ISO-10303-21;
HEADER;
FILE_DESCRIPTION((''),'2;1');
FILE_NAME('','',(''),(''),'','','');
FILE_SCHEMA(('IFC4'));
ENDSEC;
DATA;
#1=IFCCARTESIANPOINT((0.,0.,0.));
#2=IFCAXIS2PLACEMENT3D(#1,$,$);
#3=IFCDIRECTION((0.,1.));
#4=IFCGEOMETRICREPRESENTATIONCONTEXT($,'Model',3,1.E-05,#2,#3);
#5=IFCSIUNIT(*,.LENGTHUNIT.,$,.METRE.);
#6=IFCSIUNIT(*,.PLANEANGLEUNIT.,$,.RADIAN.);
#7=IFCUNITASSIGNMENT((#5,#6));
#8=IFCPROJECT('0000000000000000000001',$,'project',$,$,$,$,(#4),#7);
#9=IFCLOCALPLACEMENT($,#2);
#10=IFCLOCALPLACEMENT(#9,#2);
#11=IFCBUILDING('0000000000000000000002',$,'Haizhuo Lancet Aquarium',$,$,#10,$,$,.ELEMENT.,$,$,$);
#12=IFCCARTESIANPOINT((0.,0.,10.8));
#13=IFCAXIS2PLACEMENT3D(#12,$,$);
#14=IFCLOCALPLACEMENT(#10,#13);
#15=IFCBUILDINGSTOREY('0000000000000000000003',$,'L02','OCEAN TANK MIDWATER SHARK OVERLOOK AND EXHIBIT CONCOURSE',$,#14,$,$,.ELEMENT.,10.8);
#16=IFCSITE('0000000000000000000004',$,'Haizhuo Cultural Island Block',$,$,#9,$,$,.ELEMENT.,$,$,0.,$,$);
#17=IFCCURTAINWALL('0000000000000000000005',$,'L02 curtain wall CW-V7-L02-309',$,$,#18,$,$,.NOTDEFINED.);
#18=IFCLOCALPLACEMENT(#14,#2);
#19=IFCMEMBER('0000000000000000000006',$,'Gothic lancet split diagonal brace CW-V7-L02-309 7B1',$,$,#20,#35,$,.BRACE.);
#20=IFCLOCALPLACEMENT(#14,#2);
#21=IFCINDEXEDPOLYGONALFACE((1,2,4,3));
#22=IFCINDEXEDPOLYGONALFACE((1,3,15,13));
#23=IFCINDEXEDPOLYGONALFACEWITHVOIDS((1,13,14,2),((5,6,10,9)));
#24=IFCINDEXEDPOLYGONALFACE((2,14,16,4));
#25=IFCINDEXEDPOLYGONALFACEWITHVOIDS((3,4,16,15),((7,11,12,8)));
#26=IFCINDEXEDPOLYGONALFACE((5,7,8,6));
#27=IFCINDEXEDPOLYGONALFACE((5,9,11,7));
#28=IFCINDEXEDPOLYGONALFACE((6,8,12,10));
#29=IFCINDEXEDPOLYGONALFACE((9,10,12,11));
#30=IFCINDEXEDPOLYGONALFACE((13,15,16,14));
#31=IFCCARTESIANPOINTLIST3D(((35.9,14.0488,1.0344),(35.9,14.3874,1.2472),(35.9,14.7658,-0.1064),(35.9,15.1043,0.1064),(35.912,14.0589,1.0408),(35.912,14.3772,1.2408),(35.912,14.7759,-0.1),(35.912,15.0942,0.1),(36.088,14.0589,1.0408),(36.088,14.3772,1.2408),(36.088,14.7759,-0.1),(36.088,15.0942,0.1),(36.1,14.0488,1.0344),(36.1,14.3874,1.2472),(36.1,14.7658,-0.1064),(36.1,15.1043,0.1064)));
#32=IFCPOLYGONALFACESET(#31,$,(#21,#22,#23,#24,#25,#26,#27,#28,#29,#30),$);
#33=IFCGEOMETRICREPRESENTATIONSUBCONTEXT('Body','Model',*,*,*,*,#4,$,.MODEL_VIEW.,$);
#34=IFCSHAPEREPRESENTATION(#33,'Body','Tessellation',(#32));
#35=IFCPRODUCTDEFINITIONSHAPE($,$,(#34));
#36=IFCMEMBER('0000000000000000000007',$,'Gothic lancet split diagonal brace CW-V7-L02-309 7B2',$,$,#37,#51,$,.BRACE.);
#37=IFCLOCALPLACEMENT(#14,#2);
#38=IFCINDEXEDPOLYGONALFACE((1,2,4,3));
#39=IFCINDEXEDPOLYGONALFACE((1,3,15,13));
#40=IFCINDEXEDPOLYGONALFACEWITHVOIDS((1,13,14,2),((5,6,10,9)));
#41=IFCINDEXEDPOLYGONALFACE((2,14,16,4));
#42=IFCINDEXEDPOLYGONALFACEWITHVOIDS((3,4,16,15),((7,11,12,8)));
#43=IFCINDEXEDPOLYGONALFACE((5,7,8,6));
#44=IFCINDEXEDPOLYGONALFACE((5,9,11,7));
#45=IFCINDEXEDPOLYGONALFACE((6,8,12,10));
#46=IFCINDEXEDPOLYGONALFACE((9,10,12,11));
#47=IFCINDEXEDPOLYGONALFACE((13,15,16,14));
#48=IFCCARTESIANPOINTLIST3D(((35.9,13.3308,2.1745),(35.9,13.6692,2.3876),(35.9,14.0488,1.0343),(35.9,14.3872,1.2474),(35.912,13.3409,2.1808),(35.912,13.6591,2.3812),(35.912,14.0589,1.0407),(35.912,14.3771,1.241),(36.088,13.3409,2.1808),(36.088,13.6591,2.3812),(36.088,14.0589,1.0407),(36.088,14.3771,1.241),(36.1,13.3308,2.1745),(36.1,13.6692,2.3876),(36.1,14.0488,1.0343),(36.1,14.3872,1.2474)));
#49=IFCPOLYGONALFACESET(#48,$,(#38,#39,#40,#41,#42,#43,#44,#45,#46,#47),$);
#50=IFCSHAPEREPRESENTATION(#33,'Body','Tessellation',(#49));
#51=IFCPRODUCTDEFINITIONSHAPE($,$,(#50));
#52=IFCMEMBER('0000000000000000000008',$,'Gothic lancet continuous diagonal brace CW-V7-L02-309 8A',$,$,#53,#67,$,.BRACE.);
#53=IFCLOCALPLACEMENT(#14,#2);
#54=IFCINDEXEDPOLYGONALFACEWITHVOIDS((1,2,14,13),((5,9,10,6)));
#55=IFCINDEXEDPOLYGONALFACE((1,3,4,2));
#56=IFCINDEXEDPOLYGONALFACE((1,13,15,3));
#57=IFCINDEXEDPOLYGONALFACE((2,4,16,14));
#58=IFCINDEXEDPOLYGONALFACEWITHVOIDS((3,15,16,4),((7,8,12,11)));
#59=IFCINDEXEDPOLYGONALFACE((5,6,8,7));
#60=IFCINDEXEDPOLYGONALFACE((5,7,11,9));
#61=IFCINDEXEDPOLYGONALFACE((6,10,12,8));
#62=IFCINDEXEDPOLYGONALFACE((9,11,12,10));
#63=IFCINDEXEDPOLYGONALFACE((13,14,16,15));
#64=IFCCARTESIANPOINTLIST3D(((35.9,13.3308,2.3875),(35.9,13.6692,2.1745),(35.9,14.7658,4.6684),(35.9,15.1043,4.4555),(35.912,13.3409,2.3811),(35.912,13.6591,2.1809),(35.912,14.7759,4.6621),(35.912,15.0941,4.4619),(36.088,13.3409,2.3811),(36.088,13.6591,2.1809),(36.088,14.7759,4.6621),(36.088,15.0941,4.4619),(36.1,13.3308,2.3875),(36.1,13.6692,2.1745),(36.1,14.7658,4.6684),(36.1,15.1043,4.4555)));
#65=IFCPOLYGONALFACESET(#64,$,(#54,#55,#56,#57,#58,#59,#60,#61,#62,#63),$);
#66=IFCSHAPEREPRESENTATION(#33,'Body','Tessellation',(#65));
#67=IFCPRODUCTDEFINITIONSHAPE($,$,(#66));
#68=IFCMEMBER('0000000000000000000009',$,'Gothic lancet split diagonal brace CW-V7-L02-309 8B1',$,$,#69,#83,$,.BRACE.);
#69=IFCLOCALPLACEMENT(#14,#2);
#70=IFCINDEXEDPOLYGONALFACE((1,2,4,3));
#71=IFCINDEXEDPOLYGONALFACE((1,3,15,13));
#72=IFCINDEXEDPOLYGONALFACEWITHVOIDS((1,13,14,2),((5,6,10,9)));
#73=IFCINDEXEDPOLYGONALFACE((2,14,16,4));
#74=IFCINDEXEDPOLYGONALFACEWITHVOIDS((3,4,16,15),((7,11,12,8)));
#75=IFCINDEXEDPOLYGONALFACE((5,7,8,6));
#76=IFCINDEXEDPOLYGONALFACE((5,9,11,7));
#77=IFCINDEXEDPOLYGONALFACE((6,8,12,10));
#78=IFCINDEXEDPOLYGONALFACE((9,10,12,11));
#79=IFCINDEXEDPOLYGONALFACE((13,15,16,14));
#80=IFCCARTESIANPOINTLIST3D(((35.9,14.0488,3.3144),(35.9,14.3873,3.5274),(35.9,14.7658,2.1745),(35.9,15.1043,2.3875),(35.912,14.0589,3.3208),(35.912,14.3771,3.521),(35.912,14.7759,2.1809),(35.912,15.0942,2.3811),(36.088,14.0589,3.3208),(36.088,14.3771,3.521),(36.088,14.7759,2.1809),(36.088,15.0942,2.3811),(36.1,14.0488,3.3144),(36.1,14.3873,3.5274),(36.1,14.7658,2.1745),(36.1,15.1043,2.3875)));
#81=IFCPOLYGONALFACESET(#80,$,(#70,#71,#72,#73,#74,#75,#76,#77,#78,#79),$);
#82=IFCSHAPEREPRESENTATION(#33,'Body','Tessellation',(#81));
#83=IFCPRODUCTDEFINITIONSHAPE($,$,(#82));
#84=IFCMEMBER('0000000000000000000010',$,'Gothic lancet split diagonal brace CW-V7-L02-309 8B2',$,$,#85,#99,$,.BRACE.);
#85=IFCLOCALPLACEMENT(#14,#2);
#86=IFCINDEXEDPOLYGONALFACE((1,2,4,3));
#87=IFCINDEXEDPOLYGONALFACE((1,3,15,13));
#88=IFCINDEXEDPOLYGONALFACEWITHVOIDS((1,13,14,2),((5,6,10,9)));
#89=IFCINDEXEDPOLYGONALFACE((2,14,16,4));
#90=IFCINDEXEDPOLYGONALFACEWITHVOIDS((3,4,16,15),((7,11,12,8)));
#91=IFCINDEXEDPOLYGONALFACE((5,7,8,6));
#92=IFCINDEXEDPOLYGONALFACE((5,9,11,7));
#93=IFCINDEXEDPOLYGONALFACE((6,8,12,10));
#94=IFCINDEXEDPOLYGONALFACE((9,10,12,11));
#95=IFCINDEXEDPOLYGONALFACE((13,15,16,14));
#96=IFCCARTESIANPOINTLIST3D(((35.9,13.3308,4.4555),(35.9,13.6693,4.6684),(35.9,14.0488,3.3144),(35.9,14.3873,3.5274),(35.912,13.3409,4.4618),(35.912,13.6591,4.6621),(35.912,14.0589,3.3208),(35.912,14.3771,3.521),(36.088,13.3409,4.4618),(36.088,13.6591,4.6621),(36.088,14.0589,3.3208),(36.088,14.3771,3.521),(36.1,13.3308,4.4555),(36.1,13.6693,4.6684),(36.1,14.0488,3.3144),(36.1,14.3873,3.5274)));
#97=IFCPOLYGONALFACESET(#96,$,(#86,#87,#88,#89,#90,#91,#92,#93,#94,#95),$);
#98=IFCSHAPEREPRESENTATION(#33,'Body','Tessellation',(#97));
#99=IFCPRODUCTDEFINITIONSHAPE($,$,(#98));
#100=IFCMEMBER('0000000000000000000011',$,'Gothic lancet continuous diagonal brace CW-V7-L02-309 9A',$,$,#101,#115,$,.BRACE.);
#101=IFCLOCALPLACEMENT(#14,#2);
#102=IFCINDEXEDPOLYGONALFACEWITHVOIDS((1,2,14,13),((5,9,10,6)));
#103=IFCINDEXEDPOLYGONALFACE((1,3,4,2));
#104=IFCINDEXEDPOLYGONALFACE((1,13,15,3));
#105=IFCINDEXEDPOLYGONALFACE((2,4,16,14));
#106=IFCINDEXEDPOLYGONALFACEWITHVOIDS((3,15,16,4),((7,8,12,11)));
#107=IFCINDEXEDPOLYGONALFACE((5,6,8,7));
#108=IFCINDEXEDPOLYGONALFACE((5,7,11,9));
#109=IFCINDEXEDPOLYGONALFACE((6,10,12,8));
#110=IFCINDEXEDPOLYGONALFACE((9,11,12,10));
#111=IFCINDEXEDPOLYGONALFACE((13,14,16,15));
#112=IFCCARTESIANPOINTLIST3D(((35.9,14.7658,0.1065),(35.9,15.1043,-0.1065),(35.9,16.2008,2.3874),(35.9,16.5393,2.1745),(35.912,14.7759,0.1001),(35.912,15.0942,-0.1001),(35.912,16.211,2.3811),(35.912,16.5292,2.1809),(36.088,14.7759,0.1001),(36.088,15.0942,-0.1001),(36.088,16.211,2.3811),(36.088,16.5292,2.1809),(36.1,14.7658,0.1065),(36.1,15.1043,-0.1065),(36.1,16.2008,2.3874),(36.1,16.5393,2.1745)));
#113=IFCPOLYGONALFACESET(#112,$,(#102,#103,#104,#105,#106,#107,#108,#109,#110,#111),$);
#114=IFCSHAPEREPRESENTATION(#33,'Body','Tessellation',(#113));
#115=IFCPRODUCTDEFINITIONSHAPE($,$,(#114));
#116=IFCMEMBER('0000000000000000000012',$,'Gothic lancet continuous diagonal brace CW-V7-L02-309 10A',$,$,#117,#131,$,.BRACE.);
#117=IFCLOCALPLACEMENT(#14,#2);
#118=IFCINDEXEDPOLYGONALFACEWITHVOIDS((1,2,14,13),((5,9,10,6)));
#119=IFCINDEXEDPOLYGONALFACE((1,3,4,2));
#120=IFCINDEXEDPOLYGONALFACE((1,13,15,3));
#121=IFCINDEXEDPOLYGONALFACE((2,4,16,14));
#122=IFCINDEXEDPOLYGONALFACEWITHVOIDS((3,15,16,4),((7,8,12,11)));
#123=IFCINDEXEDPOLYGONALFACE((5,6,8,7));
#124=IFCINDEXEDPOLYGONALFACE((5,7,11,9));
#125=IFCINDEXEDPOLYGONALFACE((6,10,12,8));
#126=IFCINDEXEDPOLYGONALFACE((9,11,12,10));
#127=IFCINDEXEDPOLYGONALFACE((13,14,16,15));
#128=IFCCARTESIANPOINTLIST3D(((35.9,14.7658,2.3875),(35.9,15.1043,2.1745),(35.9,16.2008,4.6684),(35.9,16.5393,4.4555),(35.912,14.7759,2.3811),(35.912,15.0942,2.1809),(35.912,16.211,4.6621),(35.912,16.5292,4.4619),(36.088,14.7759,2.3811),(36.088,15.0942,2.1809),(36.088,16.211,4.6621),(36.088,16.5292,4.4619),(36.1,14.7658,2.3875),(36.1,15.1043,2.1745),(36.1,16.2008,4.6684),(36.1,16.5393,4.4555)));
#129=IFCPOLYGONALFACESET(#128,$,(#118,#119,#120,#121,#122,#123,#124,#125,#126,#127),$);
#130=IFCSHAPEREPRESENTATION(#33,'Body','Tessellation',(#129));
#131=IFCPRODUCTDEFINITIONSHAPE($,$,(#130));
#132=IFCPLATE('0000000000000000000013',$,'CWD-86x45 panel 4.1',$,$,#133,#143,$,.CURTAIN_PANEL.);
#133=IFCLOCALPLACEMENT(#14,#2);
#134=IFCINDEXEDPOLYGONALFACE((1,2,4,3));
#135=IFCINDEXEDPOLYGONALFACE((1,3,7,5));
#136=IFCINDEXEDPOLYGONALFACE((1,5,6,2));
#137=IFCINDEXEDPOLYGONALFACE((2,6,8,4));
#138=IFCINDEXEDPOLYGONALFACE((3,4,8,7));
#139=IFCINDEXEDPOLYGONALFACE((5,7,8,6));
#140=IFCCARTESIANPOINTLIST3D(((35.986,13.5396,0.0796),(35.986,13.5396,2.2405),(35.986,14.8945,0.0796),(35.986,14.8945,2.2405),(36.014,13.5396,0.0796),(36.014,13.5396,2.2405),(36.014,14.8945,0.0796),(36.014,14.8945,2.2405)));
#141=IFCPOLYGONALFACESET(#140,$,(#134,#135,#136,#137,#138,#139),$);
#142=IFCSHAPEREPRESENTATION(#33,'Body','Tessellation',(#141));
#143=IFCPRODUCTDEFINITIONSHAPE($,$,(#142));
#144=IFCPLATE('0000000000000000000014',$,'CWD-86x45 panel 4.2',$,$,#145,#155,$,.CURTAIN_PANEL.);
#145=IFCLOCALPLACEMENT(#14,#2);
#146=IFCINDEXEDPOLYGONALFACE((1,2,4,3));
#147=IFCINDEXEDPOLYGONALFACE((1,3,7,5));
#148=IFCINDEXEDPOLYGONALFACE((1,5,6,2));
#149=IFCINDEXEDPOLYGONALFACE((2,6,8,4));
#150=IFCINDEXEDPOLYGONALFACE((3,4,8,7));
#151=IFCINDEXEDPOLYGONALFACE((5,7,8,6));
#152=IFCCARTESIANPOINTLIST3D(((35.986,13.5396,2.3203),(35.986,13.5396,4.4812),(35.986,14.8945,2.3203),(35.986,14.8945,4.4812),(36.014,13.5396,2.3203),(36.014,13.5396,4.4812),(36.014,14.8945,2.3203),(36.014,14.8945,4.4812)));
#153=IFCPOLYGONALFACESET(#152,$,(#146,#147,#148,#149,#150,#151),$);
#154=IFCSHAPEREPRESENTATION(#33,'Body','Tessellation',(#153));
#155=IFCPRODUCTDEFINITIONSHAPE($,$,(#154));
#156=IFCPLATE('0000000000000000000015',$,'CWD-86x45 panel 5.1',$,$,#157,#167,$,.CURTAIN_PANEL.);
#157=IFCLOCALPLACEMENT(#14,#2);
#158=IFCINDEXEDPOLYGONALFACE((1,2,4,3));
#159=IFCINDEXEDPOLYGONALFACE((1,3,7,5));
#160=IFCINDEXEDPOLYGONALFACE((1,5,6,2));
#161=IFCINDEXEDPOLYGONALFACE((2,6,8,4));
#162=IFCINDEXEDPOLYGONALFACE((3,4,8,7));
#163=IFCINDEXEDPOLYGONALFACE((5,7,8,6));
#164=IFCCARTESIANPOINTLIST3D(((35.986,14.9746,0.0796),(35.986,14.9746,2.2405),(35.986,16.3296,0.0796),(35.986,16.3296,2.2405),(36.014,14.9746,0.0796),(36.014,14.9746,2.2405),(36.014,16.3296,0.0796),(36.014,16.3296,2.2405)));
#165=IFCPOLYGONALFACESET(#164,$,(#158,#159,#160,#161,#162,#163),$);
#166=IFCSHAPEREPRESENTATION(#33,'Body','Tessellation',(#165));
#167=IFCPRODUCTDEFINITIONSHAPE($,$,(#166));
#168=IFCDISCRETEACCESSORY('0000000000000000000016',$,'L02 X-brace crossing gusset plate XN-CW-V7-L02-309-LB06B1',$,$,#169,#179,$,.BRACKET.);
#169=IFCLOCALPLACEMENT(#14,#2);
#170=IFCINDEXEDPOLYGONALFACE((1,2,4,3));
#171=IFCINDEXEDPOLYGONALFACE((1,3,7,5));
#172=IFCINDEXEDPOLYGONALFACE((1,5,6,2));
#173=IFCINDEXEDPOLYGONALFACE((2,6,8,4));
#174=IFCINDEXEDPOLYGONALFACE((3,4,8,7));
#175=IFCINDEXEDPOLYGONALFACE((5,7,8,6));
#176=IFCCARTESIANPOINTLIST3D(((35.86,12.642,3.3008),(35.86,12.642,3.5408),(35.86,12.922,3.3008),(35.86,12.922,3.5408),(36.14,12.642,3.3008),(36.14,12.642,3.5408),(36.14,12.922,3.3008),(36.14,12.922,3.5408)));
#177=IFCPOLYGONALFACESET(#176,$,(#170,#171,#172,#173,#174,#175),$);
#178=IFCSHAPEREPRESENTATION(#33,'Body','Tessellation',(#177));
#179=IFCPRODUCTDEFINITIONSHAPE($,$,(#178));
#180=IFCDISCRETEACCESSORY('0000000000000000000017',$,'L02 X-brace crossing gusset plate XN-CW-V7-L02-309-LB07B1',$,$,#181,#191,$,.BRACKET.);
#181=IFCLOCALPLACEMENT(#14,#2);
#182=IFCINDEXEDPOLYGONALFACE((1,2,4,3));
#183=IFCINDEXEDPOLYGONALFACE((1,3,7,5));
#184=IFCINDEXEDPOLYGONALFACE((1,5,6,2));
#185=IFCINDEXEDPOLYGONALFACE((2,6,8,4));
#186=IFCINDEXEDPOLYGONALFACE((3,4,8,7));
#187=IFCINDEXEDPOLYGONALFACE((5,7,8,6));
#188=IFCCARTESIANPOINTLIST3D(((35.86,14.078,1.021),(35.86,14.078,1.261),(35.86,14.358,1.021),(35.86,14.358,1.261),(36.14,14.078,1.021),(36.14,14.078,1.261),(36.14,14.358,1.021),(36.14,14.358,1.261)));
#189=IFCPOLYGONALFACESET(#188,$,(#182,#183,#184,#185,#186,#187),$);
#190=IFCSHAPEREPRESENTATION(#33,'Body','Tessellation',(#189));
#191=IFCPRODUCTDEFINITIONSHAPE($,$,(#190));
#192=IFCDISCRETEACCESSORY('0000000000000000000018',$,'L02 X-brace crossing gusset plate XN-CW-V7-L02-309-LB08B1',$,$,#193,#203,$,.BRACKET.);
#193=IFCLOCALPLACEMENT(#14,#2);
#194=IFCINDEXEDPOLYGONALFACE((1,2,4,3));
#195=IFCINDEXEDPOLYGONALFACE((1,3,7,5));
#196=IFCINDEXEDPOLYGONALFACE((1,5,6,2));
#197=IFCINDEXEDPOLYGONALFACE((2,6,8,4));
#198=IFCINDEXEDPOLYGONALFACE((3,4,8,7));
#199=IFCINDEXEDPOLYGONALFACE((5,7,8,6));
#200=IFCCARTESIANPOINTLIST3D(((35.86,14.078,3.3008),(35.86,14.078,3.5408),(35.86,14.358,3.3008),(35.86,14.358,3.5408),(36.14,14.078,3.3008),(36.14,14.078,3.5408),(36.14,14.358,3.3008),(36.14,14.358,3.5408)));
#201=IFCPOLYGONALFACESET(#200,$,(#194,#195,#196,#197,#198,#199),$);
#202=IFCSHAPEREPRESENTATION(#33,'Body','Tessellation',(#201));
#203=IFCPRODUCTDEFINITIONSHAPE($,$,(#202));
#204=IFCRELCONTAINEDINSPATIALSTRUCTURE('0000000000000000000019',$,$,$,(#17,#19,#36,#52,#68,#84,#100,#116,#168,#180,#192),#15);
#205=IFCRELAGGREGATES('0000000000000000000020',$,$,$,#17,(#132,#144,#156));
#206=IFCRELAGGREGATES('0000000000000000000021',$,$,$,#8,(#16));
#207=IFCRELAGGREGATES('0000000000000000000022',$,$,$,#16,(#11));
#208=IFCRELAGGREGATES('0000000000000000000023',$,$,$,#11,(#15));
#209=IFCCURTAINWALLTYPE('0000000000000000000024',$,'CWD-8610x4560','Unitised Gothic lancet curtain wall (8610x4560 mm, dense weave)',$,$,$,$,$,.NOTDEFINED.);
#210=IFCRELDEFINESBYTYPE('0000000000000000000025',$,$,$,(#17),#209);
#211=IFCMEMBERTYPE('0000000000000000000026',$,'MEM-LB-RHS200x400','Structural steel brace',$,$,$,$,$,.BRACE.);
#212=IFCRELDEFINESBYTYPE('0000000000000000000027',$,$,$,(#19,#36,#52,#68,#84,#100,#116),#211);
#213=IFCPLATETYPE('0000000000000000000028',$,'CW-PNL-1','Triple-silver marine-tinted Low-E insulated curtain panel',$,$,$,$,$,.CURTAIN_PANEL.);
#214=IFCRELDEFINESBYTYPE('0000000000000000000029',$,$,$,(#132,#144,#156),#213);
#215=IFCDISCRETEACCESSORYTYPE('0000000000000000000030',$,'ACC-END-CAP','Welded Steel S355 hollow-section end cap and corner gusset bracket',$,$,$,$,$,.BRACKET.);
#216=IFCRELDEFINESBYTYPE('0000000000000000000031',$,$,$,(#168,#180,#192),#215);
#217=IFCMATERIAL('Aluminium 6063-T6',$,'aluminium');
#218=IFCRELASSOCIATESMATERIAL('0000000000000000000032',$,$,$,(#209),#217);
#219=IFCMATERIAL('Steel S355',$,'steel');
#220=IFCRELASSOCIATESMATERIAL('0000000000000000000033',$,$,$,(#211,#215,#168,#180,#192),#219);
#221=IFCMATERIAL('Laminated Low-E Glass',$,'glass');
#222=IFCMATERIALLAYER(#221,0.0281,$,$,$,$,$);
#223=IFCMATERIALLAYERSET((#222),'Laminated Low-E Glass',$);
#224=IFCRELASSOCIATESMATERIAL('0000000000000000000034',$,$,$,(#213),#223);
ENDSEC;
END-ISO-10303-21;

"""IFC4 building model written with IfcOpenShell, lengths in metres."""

from ifc_helpers import new_model, si_unit, direction, frame, origin, origin_2d, place, context, subcontext, project, spatial, rectangle, hollow_rectangle, extrude, material, layer, layer_set, material_profile, profile_set, type_object, element, aggregate, save


model = new_model("IFC4")

# Units and contexts
model_context = context("Model", 3, precision=1e-05, world=origin(), true_north=direction((0.0, 1.0)))
body_context = subcontext(model_context, "Body", "Model", "MODEL_VIEW")
ifc_project = project(units=[si_unit("LENGTHUNIT", "METRE"), si_unit("PLANEANGLEUNIT", "RADIAN")], contexts=[model_context])

# Site, building, storey
site_placement = place(None, origin())
site = spatial("IfcSite", under=ifc_project, at=site_placement, Name="Haizhuo Cultural Island Block", CompositionType="ELEMENT", RefElevation=0.0)
building_placement = place(site_placement, origin())
building = spatial("IfcBuilding", under=site, at=building_placement, Name="Haizhuo Lancet Aquarium", CompositionType="ELEMENT")
storey_placement = place(building_placement, frame((0.0, 0.0, 10.8)))
storey = spatial("IfcBuildingStorey", under=building, at=storey_placement, Name="L02", Description="OCEAN TANK MIDWATER SHARK OVERLOOK AND EXHIBIT CONCOURSE", CompositionType="ELEMENT", Elevation=10.8)

# Curtain wall
ifc_material_1 = material(Name="Aluminium 6063-T6", Category="aluminium")
curtain_wall_type = type_object("IfcCurtainWallType", Name="CWD-8610x4560", Description="Unitised Gothic lancet curtain wall (8610x4560 mm, dense weave)", PredefinedType="NOTDEFINED", material=ifc_material_1)
curtain_wall_placement = place(storey_placement, origin())
curtain_wall = element("IfcCurtainWall", 1, at=curtain_wall_placement, inside=storey, type_object=curtain_wall_type, Name="L02 curtain wall CW-V7-L02-309", PredefinedType="NOTDEFINED")

# Members
ifc_material_2 = material(Name="Steel S355", Category="steel")
ifc_material_profile_1 = material_profile(ifc_material_2, hollow_rectangle(XDim=0.2, YDim=0.3999, WallThickness=0.012, at=origin_2d()), Name="RHS 200x400x12")
ifc_profile_set_1 = profile_set([ifc_material_profile_1], Name="Steel S355")
member_type_1 = type_object("IfcMemberType", Name="MEM-LB-RHS200x400", Description="Structural steel brace", PredefinedType="BRACE", material=ifc_profile_set_1)
for number, where, z_axis, x_axis, name in (
    (2, (36.0, 14.9351, 0.0), (0.0, -0.532131, 0.846662), (1.0, 0.0, 0.0), "Gothic lancet split diagonal brace CW-V7-L02-309 7B1"),
    (3, (36.0, 14.218, 1.1409), (0.0, -0.532895, 0.846181), (1.0, 0.0, 0.0), "Gothic lancet split diagonal brace CW-V7-L02-309 7B2"),
):
    element("IfcMember", number, at=place(storey_placement, frame(where, z_axis=z_axis, x_axis=x_axis)), inside=storey, type_object=member_type_1, Name=name, PredefinedType="BRACE", context=body_context, shape_type="SweptSolid", body=[
        extrude(hollow_rectangle(XDim=0.2, YDim=0.3999, WallThickness=0.012, at=origin_2d()), origin(), (0.0, 0.0, 1.0), 1.3474),
    ])
member_1_placement = place(storey_placement, frame((36.0, 13.5, 2.281), z_axis=(0.0, 0.532513, 0.846422), x_axis=(-1.0, 0.0, 0.0)))
element("IfcMember", 4, at=member_1_placement, inside=storey, type_object=member_type_1, Name="Gothic lancet continuous diagonal brace CW-V7-L02-309 8A", PredefinedType="BRACE", context=body_context, shape_type="SweptSolid", body=[
    extrude(hollow_rectangle(XDim=0.2, YDim=0.3999, WallThickness=0.012, at=origin_2d()), origin(), (0.0, 0.0, 1.0), 2.6948),
])
member_2_placement = place(storey_placement, frame((36.0, 14.9351, 2.281), z_axis=(0.0, -0.532457, 0.846457), x_axis=(1.0, 0.0, 0.0)))
element("IfcMember", 5, at=member_2_placement, inside=storey, type_object=member_type_1, Name="Gothic lancet split diagonal brace CW-V7-L02-309 8B1", PredefinedType="BRACE", context=body_context, shape_type="SweptSolid", body=[
    extrude(hollow_rectangle(XDim=0.2, YDim=0.3999, WallThickness=0.012, at=origin_2d()), origin(), (0.0, 0.0, 1.0), 1.3467),
])
member_3_placement = place(storey_placement, frame((36.0, 14.218, 3.4209), z_axis=(0.0, -0.532568, 0.846387), x_axis=(1.0, 0.0, 0.0)))
element("IfcMember", 6, at=member_3_placement, inside=storey, type_object=member_type_1, Name="Gothic lancet split diagonal brace CW-V7-L02-309 8B2", PredefinedType="BRACE", context=body_context, shape_type="SweptSolid", body=[
    extrude(hollow_rectangle(XDim=0.2, YDim=0.3999, WallThickness=0.012, at=origin_2d()), origin(), (0.0, 0.0, 1.0), 1.3481),
])
for number, where, z_axis, x_axis, name in (
    (7, (36.0, 14.9351, 0.0), (0.0, 0.532513, 0.846422), (-1.0, 0.0, 0.0), "Gothic lancet continuous diagonal brace CW-V7-L02-309 9A"),
    (8, (36.0, 14.9351, 2.281), (0.0, 0.532513, 0.846422), (-1.0, 0.0, 0.0), "Gothic lancet continuous diagonal brace CW-V7-L02-309 10A"),
):
    element("IfcMember", number, at=place(storey_placement, frame(where, z_axis=z_axis, x_axis=x_axis)), inside=storey, type_object=member_type_1, Name=name, PredefinedType="BRACE", context=body_context, shape_type="SweptSolid", body=[
        extrude(hollow_rectangle(XDim=0.2, YDim=0.3999, WallThickness=0.012, at=origin_2d()), origin(), (0.0, 0.0, 1.0), 2.6948),
    ])

# Plates
ifc_material_3 = material(Name="Laminated Low-E Glass", Category="glass")
ifc_layer = layer(ifc_material_3, 0.0281)
ifc_layer_set = layer_set([ifc_layer], Name="Laminated Low-E Glass")
plate_type = type_object("IfcPlateType", Name="CW-PNL-1", Description="Triple-silver marine-tinted Low-E insulated curtain panel", PredefinedType="CURTAIN_PANEL", material=ifc_layer_set)
plate_1_placement = place(storey_placement, frame((36.0, 14.217, 0.0796), z_axis=(0.0, 0.0, 1.0), x_axis=(0.0, 1.0, 0.0)))
plate_1 = element("IfcPlate", 9, at=plate_1_placement, type_object=plate_type, Name="CWD-86x45 panel 4.1", PredefinedType="CURTAIN_PANEL", context=body_context, shape_type="SweptSolid", body=[
    extrude(rectangle(XDim=1.355, YDim=0.0281, at=origin_2d()), origin(), (0.0, 0.0, 1.0), 2.1609),
])
plate_2_placement = place(storey_placement, frame((36.0, 14.217, 2.3203), z_axis=(0.0, 0.0, 1.0), x_axis=(0.0, 1.0, 0.0)))
plate_2 = element("IfcPlate", 10, at=plate_2_placement, type_object=plate_type, Name="CWD-86x45 panel 4.2", PredefinedType="CURTAIN_PANEL", context=body_context, shape_type="SweptSolid", body=[
    extrude(rectangle(XDim=1.355, YDim=0.0281, at=origin_2d()), origin(), (0.0, 0.0, 1.0), 2.1609),
])
plate_3_placement = place(storey_placement, frame((36.0, 15.6521, 0.0796), z_axis=(0.0, 0.0, 1.0), x_axis=(0.0, 1.0, 0.0)))
plate_3 = element("IfcPlate", 11, at=plate_3_placement, type_object=plate_type, Name="CWD-86x45 panel 5.1", PredefinedType="CURTAIN_PANEL", context=body_context, shape_type="SweptSolid", body=[
    extrude(rectangle(XDim=1.355, YDim=0.0281, at=origin_2d()), origin(), (0.0, 0.0, 1.0), 2.1609),
])
aggregate(curtain_wall, [plate_1, plate_2, plate_3])

# Discrete accessories
discrete_accessory_type = type_object("IfcDiscreteAccessoryType", Name="ACC-END-CAP", Description="Welded Steel S355 hollow-section end cap and corner gusset bracket", PredefinedType="BRACKET", material=ifc_material_2)
for number, where, z_axis, x_axis, name in (
    (12, (36.0, 12.782, 3.3008), (0.0, 0.0, 1.0), (1.0, 0.0, 0.0), "L02 X-brace crossing gusset plate XN-CW-V7-L02-309-LB06B1"),
    (13, (36.0, 14.218, 1.021), (0.0, 0.0, 1.0), (1.0, 0.0, 0.0), "L02 X-brace crossing gusset plate XN-CW-V7-L02-309-LB07B1"),
    (14, (36.0, 14.218, 3.3008), (0.0, 0.0, 1.0), (1.0, 0.0, 0.0), "L02 X-brace crossing gusset plate XN-CW-V7-L02-309-LB08B1"),
):
    element("IfcDiscreteAccessory", number, at=place(storey_placement, frame(where, z_axis=z_axis, x_axis=x_axis)), inside=storey, type_object=discrete_accessory_type, material=ifc_material_2, Name=name, PredefinedType="BRACKET", context=body_context, shape_type="SweptSolid", body=[
        extrude(rectangle(XDim=0.28, YDim=0.28, at=origin_2d()), origin(), (0.0, 0.0, 1.0), 0.24),
    ])

save(model, "model.ifc")
